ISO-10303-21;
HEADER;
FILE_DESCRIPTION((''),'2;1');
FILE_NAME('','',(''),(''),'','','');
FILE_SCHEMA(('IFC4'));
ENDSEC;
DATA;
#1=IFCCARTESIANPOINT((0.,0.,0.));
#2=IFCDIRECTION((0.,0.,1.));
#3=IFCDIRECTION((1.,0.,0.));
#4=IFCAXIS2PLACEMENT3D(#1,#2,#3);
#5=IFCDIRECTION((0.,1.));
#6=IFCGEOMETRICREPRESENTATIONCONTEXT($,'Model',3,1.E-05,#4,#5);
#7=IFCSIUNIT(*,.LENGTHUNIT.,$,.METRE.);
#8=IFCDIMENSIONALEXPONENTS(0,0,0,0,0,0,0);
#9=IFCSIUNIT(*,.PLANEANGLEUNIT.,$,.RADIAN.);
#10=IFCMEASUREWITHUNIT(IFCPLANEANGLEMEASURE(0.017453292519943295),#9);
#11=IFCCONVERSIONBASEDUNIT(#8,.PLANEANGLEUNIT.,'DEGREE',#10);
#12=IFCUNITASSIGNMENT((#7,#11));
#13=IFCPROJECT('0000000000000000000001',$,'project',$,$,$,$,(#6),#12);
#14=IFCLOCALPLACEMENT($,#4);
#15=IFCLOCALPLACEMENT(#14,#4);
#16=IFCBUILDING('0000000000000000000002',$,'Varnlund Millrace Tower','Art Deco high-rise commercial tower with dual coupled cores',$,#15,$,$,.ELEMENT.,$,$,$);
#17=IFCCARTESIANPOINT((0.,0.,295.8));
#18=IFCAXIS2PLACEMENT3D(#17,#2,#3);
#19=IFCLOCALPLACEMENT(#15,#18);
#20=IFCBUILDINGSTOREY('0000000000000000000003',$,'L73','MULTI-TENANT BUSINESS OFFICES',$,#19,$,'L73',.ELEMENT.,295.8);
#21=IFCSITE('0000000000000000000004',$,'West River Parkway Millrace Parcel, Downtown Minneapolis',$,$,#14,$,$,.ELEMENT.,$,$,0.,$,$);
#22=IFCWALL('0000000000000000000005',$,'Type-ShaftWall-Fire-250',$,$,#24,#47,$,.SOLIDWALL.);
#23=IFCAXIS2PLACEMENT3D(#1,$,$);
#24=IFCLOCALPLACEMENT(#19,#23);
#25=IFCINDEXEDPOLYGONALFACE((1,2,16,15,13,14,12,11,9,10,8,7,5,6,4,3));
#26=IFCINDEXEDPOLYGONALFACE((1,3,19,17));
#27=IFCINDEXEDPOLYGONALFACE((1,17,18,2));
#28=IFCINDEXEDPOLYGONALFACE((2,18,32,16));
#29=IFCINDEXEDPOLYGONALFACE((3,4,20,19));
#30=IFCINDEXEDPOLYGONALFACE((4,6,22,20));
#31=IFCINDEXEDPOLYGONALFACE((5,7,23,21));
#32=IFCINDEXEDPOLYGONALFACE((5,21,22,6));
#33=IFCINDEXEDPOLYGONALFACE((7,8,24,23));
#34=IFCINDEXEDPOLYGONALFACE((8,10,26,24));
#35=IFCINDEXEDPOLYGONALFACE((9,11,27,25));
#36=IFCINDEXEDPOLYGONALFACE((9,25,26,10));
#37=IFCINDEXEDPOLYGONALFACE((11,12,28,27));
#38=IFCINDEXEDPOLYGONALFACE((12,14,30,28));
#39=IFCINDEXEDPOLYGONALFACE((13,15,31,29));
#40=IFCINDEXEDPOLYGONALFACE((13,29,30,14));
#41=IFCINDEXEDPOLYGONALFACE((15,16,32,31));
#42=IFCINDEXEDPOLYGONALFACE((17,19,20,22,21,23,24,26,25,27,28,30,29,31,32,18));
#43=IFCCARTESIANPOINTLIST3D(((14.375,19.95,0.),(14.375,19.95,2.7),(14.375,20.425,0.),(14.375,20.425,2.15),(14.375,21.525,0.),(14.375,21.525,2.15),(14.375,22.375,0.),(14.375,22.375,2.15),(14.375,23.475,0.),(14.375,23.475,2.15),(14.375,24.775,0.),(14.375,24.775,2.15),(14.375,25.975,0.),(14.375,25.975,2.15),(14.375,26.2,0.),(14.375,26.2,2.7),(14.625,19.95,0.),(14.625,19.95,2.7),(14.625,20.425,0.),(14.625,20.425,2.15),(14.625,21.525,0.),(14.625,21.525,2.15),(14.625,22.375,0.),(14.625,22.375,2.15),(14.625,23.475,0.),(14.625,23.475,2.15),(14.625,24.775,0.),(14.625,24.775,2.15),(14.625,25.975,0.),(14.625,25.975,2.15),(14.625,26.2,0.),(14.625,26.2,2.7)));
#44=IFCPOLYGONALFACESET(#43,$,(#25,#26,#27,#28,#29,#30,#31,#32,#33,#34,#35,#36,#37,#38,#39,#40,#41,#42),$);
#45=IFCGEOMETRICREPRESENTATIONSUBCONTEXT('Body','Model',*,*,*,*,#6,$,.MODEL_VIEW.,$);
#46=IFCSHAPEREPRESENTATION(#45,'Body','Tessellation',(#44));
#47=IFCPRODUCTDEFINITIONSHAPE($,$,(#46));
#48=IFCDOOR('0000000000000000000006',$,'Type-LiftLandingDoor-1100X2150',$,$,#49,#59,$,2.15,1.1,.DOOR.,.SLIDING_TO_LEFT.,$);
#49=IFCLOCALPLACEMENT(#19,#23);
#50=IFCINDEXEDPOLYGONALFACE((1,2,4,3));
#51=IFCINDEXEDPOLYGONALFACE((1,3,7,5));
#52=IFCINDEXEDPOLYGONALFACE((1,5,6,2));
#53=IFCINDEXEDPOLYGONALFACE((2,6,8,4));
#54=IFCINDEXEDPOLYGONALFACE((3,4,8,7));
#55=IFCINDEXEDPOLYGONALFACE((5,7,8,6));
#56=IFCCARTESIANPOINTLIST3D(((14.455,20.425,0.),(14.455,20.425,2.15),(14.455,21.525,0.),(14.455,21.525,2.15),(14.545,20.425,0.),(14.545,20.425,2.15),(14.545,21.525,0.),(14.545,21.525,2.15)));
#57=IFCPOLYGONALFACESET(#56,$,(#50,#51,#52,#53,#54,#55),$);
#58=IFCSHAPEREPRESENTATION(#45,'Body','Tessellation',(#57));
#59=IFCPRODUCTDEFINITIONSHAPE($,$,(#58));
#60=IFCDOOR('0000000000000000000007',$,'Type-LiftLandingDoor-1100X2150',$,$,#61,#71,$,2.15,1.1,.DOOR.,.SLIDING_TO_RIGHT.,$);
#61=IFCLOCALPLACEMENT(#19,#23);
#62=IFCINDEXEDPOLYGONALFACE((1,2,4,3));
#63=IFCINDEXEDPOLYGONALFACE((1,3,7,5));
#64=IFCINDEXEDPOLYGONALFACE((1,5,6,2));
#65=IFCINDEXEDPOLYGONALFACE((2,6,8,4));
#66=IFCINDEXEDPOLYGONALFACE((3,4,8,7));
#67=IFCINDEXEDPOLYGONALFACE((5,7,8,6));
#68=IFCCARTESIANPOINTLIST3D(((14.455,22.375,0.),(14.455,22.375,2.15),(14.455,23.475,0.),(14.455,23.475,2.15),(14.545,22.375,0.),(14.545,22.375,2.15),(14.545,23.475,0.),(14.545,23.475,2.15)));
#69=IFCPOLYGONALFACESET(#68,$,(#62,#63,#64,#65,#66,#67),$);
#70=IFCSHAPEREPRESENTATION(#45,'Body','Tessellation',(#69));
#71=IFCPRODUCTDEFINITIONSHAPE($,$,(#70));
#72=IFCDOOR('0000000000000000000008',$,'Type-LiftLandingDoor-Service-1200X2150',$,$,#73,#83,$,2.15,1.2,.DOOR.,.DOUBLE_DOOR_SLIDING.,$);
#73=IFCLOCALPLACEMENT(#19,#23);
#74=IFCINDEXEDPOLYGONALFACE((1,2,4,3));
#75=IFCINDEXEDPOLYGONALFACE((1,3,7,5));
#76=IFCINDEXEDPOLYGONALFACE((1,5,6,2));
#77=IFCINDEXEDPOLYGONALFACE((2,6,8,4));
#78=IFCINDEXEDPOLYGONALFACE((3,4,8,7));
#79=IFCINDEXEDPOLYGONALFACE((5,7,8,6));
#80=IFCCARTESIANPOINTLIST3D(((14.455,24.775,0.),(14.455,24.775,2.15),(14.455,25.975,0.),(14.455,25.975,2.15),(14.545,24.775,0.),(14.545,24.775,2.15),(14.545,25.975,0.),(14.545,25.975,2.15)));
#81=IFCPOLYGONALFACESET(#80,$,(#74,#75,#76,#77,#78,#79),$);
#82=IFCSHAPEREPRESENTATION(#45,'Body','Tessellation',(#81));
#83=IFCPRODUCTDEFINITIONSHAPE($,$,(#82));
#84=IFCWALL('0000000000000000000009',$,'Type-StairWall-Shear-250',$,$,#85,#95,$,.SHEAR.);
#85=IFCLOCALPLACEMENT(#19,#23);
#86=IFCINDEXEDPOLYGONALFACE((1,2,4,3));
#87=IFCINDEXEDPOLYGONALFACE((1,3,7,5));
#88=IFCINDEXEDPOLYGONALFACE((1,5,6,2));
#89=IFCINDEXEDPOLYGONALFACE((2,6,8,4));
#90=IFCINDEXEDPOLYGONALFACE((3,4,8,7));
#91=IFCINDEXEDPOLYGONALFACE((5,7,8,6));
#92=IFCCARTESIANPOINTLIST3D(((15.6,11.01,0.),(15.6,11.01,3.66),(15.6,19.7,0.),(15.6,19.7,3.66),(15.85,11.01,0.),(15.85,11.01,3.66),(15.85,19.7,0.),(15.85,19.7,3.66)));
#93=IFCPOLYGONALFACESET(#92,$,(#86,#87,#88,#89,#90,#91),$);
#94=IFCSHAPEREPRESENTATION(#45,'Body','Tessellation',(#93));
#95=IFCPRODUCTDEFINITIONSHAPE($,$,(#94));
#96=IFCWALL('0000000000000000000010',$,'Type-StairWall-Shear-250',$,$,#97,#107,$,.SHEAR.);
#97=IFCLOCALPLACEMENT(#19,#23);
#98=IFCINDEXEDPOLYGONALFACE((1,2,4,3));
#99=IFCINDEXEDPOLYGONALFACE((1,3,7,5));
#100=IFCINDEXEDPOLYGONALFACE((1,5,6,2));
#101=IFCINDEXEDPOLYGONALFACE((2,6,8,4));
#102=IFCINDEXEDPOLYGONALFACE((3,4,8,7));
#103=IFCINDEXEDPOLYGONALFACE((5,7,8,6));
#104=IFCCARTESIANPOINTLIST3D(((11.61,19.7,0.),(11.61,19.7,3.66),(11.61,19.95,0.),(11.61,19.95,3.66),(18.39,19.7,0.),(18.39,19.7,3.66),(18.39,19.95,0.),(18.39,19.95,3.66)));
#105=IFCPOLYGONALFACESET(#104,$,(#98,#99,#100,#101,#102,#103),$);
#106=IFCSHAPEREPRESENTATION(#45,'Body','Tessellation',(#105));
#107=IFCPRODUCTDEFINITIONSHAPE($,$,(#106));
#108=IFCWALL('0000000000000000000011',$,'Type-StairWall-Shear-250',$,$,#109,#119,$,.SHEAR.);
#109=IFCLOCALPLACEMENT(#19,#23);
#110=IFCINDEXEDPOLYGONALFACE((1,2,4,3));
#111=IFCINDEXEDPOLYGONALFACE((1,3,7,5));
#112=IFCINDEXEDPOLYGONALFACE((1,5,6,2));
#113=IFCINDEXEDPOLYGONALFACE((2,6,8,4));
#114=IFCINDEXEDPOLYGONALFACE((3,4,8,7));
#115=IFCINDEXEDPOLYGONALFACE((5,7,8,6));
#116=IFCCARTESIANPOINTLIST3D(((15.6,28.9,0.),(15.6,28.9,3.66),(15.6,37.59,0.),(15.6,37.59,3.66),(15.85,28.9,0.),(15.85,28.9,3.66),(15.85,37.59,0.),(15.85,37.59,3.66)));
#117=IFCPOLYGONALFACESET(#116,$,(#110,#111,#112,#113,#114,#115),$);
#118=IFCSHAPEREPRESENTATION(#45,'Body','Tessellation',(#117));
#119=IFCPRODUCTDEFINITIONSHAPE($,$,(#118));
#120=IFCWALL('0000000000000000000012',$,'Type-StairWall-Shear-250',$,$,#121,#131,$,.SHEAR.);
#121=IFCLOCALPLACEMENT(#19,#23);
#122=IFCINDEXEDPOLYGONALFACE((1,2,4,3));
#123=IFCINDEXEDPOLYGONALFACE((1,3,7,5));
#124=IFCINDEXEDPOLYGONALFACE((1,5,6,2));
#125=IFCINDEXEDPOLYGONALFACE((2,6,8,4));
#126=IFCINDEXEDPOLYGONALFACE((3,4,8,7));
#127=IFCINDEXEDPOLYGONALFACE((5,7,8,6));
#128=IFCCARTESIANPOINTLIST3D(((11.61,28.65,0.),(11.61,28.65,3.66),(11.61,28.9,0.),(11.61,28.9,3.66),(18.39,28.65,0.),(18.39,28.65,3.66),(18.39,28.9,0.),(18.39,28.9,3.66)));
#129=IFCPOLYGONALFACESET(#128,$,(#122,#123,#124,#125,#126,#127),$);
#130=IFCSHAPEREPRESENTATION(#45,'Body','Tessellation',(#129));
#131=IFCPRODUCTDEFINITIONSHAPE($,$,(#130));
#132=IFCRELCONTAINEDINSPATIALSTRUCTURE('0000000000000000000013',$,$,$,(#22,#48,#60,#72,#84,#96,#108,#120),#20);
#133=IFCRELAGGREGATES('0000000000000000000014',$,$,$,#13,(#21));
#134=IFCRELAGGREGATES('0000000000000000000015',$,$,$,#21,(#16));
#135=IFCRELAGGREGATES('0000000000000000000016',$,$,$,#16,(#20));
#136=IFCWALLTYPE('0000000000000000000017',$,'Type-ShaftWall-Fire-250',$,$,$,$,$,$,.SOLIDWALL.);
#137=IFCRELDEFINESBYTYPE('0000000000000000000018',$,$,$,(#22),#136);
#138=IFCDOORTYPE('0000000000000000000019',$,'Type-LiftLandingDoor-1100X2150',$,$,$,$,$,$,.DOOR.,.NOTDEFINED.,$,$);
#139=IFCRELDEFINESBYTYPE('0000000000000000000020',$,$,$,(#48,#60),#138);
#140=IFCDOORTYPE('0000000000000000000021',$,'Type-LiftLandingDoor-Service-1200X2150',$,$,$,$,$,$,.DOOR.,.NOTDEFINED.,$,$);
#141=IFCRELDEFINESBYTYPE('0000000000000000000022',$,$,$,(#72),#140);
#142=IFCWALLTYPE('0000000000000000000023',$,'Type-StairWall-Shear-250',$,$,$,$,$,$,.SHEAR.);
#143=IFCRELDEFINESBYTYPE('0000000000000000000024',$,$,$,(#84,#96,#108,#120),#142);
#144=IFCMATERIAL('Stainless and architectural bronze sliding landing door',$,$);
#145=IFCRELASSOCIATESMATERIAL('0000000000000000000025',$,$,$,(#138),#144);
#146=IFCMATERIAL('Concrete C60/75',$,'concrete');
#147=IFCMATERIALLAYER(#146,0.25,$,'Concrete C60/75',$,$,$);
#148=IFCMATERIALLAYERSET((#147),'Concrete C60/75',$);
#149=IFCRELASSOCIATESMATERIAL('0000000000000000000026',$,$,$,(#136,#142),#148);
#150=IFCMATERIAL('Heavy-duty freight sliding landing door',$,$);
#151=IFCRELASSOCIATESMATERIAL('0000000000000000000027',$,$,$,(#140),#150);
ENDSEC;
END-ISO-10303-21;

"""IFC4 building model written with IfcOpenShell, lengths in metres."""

from ifc_helpers import new_model, entity, si_unit, converted_unit, direction, frame, origin_with_axes, origin_2d_with_axis, place, context, subcontext, project, spatial, polyline, rectangle, outline, extrude, material, layer, layer_set, type_object, element, fill, save


model = new_model("IFC4")

# Units and contexts
model_context = context("Model", 3, precision=1e-05, world=origin_with_axes(), true_north=direction((0.0, 1.0)))
body_context = subcontext(model_context, "Body", "Model", "MODEL_VIEW")
ifc_project = project(units=[si_unit("LENGTHUNIT", "METRE"), converted_unit("PLANEANGLEUNIT", "DEGREE", entity("IfcPlaneAngleMeasure", 0.017453292519943295), si_unit("PLANEANGLEUNIT", "RADIAN"), dimensions=[0, 0, 0, 0, 0, 0, 0])], contexts=[model_context])

# Site, building, storey
site_placement = place(None, origin_with_axes())
site = spatial("IfcSite", under=ifc_project, at=site_placement, Name="West River Parkway Millrace Parcel, Downtown Minneapolis", CompositionType="ELEMENT", RefElevation=0.0)
building_placement = place(site_placement, origin_with_axes())
building = spatial("IfcBuilding", under=site, at=building_placement, Name="Varnlund Millrace Tower", Description="Art Deco high-rise commercial tower with dual coupled cores", CompositionType="ELEMENT")
storey_placement = place(building_placement, frame((0.0, 0.0, 295.8), z_axis=(0.0, 0.0, 1.0), x_axis=(1.0, 0.0, 0.0)))
storey = spatial("IfcBuildingStorey", under=building, at=storey_placement, Name="L73", Description="MULTI-TENANT BUSINESS OFFICES", LongName="L73", CompositionType="ELEMENT", Elevation=295.8)

# Shared definitions
ifc_material_1 = material(Name="Concrete C60/75", Category="concrete")

# Shared definitions
ifc_material_2 = material(Name="Stainless and architectural bronze sliding landing door")
door_type_1 = type_object("IfcDoorType", Name="Type-LiftLandingDoor-1100X2150", OperationType="NOTDEFINED", PredefinedType="DOOR", material=ifc_material_2)

# Wall, openings, doors
ifc_layer_1 = layer(ifc_material_1, 0.25, Name="Concrete C60/75")
ifc_layer_set_1 = layer_set([ifc_layer_1], Name="Concrete C60/75")
wall_type_1 = type_object("IfcWallType", Name="Type-ShaftWall-Fire-250", PredefinedType="SOLIDWALL", material=ifc_layer_set_1)
wall_1_placement = place(storey_placement, frame((14.5, 19.95, 0.0), z_axis=(0.0, 0.0, 1.0), x_axis=(0.0, 1.0, 0.0)))
wall_1 = element("IfcWall", 1, at=wall_1_placement, inside=storey, type_object=wall_type_1, Name="Type-ShaftWall-Fire-250", PredefinedType="SOLIDWALL", context=body_context, shape_type="SweptSolid", body=[
    extrude(outline(polyline([(0.0, -0.125), (6.25, -0.125), (6.25, 0.125), (0.0, 0.125), (0.0, -0.125)])), origin_with_axes(), (0.0, 0.0, 1.0), 2.7),
])
opening_1_placement = place(wall_1_placement, frame((1.025, 0.0, 0.0), z_axis=(0.0, 0.0, 1.0), x_axis=(1.0, 0.0, 0.0)))
opening_1 = element("IfcOpeningElement", 2, at=opening_1_placement, cuts=wall_1, PredefinedType="OPENING", context=body_context, shape_type="SweptSolid", body=[
    extrude(rectangle(XDim=1.1, YDim=0.27, at=origin_2d_with_axis()), origin_with_axes(), (0.0, 0.0, 1.0), 2.15),
])
opening_2_placement = place(wall_1_placement, frame((2.975, 0.0, 0.0), z_axis=(0.0, 0.0, 1.0), x_axis=(1.0, 0.0, 0.0)))
opening_2 = element("IfcOpeningElement", 3, at=opening_2_placement, cuts=wall_1, PredefinedType="OPENING", context=body_context, shape_type="SweptSolid", body=[
    extrude(rectangle(XDim=1.1, YDim=0.27, at=origin_2d_with_axis()), origin_with_axes(), (0.0, 0.0, 1.0), 2.15),
])
opening_3_placement = place(wall_1_placement, frame((5.425, 0.0, 0.0), z_axis=(0.0, 0.0, 1.0), x_axis=(1.0, 0.0, 0.0)))
opening_3 = element("IfcOpeningElement", 4, at=opening_3_placement, cuts=wall_1, PredefinedType="OPENING", context=body_context, shape_type="SweptSolid", body=[
    extrude(rectangle(XDim=1.2, YDim=0.27, at=origin_2d_with_axis()), origin_with_axes(), (0.0, 0.0, 1.0), 2.15),
])
door_1_placement = place(wall_1_placement, frame((1.025, 0.0, 0.0), z_axis=(0.0, 0.0, 1.0), x_axis=(1.0, 0.0, 0.0)))
door_1 = element("IfcDoor", 5, at=door_1_placement, inside=storey, type_object=door_type_1, Name="Type-LiftLandingDoor-1100X2150", OperationType="SLIDING_TO_LEFT", OverallHeight=2.15, OverallWidth=1.1, PredefinedType="DOOR", context=body_context, shape_type="SweptSolid", body=[
    extrude(rectangle(XDim=1.1, YDim=0.09, at=origin_2d_with_axis()), origin_with_axes(), (0.0, 0.0, 1.0), 2.15),
])
fill(opening_1, door_1)
door_2_placement = place(wall_1_placement, frame((2.975, 0.0, 0.0), z_axis=(0.0, 0.0, 1.0), x_axis=(1.0, 0.0, 0.0)))
door_2 = element("IfcDoor", 6, at=door_2_placement, inside=storey, type_object=door_type_1, Name="Type-LiftLandingDoor-1100X2150", OperationType="SLIDING_TO_RIGHT", OverallHeight=2.15, OverallWidth=1.1, PredefinedType="DOOR", context=body_context, shape_type="SweptSolid", body=[
    extrude(rectangle(XDim=1.1, YDim=0.09, at=origin_2d_with_axis()), origin_with_axes(), (0.0, 0.0, 1.0), 2.15),
])
fill(opening_2, door_2)
ifc_material_3 = material(Name="Heavy-duty freight sliding landing door")
door_type_2 = type_object("IfcDoorType", Name="Type-LiftLandingDoor-Service-1200X2150", OperationType="NOTDEFINED", PredefinedType="DOOR", material=ifc_material_3)
door_3_placement = place(wall_1_placement, frame((5.425, 0.0, 0.0), z_axis=(0.0, 0.0, 1.0), x_axis=(1.0, 0.0, 0.0)))
door_3 = element("IfcDoor", 7, at=door_3_placement, inside=storey, type_object=door_type_2, Name="Type-LiftLandingDoor-Service-1200X2150", OperationType="DOUBLE_DOOR_SLIDING", OverallHeight=2.15, OverallWidth=1.2, PredefinedType="DOOR", context=body_context, shape_type="SweptSolid", body=[
    extrude(rectangle(XDim=1.2, YDim=0.09, at=origin_2d_with_axis()), origin_with_axes(), (0.0, 0.0, 1.0), 2.15),
])
fill(opening_3, door_3)

# Walls
wall_type_2 = type_object("IfcWallType", Name="Type-StairWall-Shear-250", PredefinedType="SHEAR", material=ifc_layer_set_1)
wall_2_placement = place(storey_placement, frame((15.725, 11.01, 0.0), z_axis=(0.0, 0.0, 1.0), x_axis=(0.0, 1.0, 0.0)))
element("IfcWall", 8, at=wall_2_placement, inside=storey, type_object=wall_type_2, Name="Type-StairWall-Shear-250", PredefinedType="SHEAR", context=body_context, shape_type="SweptSolid", body=[
    extrude(outline(polyline([(0.0, -0.125), (8.69, -0.125), (8.69, 0.125), (0.0, 0.125), (0.0, -0.125)])), origin_with_axes(), (0.0, 0.0, 1.0), 3.66),
])
wall_3_placement = place(storey_placement, frame((11.61, 19.825, 0.0), z_axis=(0.0, 0.0, 1.0), x_axis=(1.0, 0.0, 0.0)))
element("IfcWall", 9, at=wall_3_placement, inside=storey, type_object=wall_type_2, Name="Type-StairWall-Shear-250", PredefinedType="SHEAR", context=body_context, shape_type="SweptSolid", body=[
    extrude(outline(polyline([(0.0, -0.125), (6.78, -0.125), (6.78, 0.125), (0.0, 0.125), (0.0, -0.125)])), origin_with_axes(), (0.0, 0.0, 1.0), 3.66),
])
wall_4_placement = place(storey_placement, frame((15.725, 28.9, 0.0), z_axis=(0.0, 0.0, 1.0), x_axis=(0.0, 1.0, 0.0)))
element("IfcWall", 10, at=wall_4_placement, inside=storey, type_object=wall_type_2, Name="Type-StairWall-Shear-250", PredefinedType="SHEAR", context=body_context, shape_type="SweptSolid", body=[
    extrude(outline(polyline([(0.0, -0.125), (8.69, -0.125), (8.69, 0.125), (0.0, 0.125), (0.0, -0.125)])), origin_with_axes(), (0.0, 0.0, 1.0), 3.66),
])
wall_5_placement = place(storey_placement, frame((11.61, 28.775, 0.0), z_axis=(0.0, 0.0, 1.0), x_axis=(1.0, 0.0, 0.0)))
element("IfcWall", 11, at=wall_5_placement, inside=storey, type_object=wall_type_2, Name="Type-StairWall-Shear-250", PredefinedType="SHEAR", context=body_context, shape_type="SweptSolid", body=[
    extrude(outline(polyline([(0.0, -0.125), (6.78, -0.125), (6.78, 0.125), (0.0, 0.125), (0.0, -0.125)])), origin_with_axes(), (0.0, 0.0, 1.0), 3.66),
])

save(model, "model.ifc")
